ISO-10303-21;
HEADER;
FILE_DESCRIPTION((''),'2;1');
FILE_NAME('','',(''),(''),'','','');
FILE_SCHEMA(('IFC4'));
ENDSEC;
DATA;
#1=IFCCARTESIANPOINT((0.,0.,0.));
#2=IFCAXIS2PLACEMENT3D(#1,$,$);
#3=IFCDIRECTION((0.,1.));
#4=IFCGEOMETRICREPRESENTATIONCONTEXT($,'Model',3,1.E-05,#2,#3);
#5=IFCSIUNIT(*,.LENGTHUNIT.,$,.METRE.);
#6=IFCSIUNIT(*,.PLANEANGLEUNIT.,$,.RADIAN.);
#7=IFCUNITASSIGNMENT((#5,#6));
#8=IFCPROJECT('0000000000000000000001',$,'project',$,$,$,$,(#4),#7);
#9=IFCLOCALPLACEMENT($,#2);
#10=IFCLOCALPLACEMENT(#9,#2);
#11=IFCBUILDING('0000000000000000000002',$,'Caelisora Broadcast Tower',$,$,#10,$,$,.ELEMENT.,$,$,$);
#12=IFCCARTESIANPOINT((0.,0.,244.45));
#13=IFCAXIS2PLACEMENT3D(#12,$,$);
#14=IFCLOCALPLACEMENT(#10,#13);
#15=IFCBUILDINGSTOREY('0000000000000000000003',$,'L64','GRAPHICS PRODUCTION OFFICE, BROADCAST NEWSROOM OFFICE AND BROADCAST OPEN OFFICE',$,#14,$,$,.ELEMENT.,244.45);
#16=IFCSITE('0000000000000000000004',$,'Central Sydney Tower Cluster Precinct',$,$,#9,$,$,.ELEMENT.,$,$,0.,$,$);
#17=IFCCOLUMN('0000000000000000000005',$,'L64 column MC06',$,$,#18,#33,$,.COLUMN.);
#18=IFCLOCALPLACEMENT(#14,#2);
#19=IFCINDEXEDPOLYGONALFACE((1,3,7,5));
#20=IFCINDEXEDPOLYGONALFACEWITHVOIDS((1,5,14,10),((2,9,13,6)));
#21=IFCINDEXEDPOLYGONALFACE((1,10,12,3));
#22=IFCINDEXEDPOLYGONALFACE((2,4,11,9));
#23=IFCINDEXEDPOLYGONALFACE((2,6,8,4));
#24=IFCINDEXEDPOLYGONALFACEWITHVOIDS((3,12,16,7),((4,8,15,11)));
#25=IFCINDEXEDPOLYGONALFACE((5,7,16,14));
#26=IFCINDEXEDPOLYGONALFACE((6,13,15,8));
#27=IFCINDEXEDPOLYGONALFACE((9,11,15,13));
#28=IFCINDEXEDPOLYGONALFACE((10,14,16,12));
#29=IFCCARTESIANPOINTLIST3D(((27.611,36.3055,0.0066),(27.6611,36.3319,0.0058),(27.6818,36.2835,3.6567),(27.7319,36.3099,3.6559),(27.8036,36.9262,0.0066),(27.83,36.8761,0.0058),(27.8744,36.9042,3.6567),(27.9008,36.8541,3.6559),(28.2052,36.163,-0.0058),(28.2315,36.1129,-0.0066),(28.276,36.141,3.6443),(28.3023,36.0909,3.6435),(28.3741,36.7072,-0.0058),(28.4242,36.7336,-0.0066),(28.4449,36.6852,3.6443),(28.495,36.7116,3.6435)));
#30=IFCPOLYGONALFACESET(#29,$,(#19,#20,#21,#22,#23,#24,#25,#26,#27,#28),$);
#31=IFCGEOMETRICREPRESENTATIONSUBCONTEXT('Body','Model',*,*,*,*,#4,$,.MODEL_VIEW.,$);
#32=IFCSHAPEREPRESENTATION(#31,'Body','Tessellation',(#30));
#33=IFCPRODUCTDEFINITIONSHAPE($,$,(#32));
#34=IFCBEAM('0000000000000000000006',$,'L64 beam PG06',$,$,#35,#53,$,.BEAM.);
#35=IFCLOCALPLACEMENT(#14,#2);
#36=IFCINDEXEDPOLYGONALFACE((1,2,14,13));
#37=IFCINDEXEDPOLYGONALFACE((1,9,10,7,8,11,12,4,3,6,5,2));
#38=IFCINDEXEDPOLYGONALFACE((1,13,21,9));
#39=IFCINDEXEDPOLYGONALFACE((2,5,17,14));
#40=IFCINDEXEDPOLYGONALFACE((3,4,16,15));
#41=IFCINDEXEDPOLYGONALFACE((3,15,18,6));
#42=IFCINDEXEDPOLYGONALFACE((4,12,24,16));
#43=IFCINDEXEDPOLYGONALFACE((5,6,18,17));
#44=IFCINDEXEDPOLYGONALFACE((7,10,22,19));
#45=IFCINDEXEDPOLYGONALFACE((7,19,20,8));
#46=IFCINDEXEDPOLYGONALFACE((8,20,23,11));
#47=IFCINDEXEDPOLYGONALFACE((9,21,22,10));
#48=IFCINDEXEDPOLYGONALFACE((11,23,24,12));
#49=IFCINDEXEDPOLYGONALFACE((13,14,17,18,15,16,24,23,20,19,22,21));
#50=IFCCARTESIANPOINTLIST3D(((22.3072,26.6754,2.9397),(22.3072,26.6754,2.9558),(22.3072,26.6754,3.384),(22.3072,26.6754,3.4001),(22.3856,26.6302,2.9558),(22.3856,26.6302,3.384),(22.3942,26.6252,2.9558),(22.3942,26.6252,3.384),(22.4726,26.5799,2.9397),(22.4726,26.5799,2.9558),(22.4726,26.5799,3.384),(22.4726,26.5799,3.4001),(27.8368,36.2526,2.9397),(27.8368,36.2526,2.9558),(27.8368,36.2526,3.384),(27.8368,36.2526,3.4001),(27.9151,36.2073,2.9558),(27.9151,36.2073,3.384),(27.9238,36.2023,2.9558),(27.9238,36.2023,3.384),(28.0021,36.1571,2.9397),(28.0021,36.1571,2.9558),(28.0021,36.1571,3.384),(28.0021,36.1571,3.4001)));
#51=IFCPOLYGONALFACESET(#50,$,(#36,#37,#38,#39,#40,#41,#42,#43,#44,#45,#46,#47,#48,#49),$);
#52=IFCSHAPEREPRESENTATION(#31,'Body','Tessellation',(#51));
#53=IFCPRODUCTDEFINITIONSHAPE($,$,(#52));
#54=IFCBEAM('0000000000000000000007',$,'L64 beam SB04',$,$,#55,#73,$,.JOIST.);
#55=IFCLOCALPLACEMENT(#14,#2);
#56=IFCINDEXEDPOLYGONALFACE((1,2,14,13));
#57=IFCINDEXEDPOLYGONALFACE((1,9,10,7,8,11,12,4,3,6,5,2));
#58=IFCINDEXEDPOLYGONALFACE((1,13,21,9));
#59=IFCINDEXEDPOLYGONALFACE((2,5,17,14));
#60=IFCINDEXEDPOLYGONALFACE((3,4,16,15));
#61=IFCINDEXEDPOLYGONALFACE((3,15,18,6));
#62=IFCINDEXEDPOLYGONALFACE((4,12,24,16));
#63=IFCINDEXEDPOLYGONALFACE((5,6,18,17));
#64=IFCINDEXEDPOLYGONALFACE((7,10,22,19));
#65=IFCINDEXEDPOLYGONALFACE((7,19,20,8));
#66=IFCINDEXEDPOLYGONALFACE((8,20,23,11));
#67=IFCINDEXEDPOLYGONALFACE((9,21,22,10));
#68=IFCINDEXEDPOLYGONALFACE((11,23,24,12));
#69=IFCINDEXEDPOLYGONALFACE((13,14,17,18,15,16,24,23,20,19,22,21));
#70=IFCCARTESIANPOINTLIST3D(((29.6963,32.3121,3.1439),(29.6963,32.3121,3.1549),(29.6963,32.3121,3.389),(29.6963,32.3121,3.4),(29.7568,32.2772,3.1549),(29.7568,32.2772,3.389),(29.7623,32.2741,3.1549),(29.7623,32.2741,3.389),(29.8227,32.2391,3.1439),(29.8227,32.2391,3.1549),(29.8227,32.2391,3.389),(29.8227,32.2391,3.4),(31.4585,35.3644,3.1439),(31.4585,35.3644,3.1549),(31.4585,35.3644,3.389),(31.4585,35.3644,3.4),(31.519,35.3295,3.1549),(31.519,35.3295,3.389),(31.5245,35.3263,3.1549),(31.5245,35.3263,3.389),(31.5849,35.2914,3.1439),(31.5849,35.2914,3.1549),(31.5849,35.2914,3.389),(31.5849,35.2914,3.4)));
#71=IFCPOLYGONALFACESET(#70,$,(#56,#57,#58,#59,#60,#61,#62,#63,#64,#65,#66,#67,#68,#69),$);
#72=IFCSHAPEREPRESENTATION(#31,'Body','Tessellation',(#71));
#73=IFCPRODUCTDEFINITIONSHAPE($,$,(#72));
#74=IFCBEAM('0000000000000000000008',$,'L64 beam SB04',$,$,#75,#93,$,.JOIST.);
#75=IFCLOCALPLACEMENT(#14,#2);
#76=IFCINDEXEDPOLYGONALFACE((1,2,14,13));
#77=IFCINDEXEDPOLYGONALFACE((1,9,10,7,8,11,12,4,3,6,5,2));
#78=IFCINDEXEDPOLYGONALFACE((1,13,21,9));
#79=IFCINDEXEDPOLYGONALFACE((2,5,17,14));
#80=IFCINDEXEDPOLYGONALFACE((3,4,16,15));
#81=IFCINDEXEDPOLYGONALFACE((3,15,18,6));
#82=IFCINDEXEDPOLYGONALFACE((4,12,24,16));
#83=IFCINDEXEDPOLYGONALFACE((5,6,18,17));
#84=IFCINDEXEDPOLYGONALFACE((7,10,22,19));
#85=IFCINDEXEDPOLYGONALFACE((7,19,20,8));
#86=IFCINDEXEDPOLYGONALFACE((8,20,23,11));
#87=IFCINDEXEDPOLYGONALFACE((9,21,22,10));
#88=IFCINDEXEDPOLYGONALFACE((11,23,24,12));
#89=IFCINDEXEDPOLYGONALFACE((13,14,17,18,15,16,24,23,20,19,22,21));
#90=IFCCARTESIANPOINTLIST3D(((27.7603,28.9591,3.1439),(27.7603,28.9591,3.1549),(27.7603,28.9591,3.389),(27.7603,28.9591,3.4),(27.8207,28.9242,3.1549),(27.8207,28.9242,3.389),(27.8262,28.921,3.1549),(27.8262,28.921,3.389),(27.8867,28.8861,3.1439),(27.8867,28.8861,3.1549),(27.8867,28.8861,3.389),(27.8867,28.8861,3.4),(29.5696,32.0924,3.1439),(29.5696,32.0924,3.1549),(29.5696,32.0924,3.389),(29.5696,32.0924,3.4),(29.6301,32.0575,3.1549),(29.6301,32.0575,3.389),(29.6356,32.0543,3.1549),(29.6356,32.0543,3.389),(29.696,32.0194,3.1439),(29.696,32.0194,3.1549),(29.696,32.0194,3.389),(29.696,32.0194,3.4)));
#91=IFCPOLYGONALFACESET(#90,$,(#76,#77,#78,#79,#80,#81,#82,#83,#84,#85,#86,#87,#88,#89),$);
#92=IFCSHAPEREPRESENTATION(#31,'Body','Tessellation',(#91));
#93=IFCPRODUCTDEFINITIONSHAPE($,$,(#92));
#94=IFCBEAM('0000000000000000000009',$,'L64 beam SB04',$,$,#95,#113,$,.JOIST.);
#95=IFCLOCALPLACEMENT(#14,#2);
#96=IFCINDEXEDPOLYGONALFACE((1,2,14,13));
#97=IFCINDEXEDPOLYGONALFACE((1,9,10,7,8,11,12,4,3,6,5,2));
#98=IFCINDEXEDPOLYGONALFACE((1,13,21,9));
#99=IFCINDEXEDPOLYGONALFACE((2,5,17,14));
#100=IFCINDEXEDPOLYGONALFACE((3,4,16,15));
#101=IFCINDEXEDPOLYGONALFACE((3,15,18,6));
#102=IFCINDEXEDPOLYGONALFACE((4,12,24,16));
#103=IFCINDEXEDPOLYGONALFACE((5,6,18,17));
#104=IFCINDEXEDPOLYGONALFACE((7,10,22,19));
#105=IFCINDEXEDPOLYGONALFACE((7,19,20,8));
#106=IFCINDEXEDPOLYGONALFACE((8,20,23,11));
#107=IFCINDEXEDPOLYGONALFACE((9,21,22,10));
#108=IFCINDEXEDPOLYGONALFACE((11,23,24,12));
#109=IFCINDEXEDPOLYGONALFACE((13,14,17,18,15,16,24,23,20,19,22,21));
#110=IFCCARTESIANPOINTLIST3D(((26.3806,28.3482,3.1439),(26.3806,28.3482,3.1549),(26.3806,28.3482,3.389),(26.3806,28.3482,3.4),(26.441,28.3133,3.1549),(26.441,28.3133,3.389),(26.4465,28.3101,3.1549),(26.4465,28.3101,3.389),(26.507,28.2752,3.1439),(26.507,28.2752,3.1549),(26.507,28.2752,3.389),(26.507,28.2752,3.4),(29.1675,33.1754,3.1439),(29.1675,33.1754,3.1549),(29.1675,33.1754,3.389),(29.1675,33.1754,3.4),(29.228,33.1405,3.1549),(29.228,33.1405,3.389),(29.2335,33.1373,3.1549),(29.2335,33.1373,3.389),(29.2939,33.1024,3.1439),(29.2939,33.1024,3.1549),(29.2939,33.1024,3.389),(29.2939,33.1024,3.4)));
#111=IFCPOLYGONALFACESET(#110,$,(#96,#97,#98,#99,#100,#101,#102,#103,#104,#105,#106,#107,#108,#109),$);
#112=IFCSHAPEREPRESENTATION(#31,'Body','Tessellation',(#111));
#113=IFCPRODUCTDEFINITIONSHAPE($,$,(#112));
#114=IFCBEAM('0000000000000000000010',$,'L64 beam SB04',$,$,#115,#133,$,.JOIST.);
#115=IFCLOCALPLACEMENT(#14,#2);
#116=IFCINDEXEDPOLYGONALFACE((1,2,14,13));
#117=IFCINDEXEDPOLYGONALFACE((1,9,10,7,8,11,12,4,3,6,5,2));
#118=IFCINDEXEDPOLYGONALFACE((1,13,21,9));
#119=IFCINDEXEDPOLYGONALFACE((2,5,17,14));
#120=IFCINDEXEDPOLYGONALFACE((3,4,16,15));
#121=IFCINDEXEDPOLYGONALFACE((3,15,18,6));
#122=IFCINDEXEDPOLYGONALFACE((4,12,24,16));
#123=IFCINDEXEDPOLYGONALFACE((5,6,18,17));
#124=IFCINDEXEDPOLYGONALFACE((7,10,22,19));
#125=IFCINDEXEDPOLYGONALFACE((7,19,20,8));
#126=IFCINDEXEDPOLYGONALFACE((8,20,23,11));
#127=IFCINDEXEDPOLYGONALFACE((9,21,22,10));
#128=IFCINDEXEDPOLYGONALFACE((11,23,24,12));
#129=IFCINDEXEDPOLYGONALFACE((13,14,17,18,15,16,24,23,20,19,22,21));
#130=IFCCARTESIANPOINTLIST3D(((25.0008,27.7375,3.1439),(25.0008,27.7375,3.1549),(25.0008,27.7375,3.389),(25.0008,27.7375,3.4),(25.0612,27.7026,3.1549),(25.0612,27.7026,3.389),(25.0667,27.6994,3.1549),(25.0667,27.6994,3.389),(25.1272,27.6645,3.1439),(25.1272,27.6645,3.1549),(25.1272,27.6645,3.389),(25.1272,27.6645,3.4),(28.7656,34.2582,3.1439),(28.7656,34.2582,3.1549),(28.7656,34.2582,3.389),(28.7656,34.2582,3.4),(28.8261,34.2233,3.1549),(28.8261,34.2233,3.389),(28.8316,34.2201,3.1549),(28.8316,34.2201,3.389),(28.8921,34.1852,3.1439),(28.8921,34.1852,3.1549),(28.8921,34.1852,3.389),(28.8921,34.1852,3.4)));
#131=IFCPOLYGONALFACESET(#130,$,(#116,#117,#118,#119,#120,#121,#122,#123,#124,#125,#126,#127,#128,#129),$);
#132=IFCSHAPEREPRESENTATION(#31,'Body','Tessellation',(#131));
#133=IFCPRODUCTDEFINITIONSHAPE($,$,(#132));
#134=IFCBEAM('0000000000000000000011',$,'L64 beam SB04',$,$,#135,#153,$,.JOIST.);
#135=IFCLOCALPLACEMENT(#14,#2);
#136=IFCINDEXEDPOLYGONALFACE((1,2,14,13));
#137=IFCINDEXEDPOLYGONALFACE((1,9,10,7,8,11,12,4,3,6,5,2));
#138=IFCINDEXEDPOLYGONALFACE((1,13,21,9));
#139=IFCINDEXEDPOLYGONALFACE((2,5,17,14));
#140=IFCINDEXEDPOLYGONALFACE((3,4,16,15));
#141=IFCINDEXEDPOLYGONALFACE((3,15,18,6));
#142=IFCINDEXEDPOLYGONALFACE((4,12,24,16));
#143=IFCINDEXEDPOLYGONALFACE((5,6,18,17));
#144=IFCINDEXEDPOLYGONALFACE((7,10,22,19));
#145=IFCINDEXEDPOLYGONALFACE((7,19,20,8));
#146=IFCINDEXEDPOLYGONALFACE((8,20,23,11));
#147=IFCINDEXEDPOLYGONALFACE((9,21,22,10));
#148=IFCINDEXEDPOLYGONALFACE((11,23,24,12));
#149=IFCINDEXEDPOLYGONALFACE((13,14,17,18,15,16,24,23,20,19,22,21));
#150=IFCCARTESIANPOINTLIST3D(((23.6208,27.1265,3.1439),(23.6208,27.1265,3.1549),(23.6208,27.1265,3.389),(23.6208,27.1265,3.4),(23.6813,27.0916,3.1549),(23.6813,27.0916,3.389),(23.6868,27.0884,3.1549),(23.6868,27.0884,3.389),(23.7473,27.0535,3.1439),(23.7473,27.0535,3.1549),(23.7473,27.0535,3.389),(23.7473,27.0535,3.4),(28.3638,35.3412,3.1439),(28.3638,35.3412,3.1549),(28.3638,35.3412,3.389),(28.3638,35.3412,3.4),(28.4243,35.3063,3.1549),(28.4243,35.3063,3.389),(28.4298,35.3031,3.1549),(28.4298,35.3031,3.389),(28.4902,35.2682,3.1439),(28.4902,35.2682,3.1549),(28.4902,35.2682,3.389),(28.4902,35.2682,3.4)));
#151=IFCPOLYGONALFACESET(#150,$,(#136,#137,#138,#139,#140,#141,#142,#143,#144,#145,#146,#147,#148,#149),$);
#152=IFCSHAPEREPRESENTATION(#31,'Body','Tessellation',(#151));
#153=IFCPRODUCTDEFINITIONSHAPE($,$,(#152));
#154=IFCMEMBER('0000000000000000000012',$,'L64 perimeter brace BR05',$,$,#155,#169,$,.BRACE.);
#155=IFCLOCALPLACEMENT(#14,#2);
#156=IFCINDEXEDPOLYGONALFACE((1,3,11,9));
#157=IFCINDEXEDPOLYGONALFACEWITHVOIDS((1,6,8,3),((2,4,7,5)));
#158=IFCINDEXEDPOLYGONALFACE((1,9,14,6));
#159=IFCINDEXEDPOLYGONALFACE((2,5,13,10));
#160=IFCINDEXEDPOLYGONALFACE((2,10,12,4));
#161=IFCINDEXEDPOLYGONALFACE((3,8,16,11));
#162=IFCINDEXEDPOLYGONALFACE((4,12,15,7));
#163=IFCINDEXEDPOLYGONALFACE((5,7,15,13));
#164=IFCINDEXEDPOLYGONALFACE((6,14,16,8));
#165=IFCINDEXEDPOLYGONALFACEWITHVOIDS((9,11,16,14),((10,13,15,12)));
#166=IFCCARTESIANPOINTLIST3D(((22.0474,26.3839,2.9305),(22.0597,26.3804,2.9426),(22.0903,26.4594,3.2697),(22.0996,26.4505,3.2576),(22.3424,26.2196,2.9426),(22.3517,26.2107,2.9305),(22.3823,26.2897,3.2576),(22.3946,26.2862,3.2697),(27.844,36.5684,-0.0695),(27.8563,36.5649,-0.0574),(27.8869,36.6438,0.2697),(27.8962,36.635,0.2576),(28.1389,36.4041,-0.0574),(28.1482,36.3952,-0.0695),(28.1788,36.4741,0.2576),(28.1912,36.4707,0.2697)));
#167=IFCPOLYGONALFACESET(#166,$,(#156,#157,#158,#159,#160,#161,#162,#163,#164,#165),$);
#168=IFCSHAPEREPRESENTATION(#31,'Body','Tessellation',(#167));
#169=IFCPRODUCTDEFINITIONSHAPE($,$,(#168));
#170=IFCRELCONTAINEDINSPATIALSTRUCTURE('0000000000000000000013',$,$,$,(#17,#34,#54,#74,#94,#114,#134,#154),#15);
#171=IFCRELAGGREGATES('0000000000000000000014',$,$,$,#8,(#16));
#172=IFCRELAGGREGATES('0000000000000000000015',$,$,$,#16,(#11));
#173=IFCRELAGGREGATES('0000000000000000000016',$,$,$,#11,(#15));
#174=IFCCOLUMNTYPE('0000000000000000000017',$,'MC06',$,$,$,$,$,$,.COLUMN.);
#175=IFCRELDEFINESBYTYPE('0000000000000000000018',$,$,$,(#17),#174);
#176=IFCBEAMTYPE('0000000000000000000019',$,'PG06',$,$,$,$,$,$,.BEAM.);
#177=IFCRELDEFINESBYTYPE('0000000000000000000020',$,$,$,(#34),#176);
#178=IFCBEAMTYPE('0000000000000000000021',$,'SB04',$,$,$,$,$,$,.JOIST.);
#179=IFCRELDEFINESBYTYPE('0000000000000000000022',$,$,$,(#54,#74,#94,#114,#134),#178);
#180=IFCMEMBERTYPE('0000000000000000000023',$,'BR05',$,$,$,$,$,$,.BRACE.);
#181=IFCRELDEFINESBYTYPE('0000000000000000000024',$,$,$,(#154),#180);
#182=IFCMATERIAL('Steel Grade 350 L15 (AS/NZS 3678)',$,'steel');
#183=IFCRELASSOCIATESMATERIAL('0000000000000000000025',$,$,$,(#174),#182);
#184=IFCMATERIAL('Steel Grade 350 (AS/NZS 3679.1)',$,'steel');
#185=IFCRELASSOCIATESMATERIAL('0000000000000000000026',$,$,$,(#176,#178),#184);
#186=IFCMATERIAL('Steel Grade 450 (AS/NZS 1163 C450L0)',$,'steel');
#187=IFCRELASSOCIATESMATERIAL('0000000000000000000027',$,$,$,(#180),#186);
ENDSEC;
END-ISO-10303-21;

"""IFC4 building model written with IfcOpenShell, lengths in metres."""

from ifc_helpers import new_model, si_unit, direction, frame, origin, origin_2d, place, context, subcontext, project, spatial, hollow_rectangle, i_section, extrude, source, transform, mapped, material, material_profile, profile_set, type_object, type_shapes, element, save


model = new_model("IFC4")

# Units and contexts
model_context = context("Model", 3, precision=1e-05, world=origin(), true_north=direction((0.0, 1.0)))
body_context = subcontext(model_context, "Body", "Model", "MODEL_VIEW")
ifc_project = project(units=[si_unit("LENGTHUNIT", "METRE"), si_unit("PLANEANGLEUNIT", "RADIAN")], contexts=[model_context])

# Site, building, storey
site_placement = place(None, origin())
site = spatial("IfcSite", under=ifc_project, at=site_placement, Name="Central Sydney Tower Cluster Precinct", CompositionType="ELEMENT", RefElevation=0.0)
building_placement = place(site_placement, origin())
building = spatial("IfcBuilding", under=site, at=building_placement, Name="Caelisora Broadcast Tower", CompositionType="ELEMENT")
storey_placement = place(building_placement, frame((0.0, 0.0, 244.45)))
storey = spatial("IfcBuildingStorey", under=building, at=storey_placement, Name="L64", Description="GRAPHICS PRODUCTION OFFICE, BROADCAST NEWSROOM OFFICE AND BROADCAST OPEN OFFICE", CompositionType="ELEMENT", Elevation=244.45)

# Column
ifc_material_1 = material(Name="Steel Grade 350 L15 (AS/NZS 3678)", Category="steel")
ifc_material_profile_1 = material_profile(ifc_material_1, hollow_rectangle(XDim=0.6499, YDim=0.6499, WallThickness=0.04, at=origin_2d()), Name="Steel Grade 350 L15 (AS/NZS 3678)")
ifc_profile_set_1 = profile_set([ifc_material_profile_1], Name="Steel Grade 350 L15 (AS/NZS 3678)")
column_type = type_object("IfcColumnType", Name="MC06", PredefinedType="COLUMN", material=ifc_profile_set_1)
shared_shape_1 = source(origin(), body_context, "Body", "SweptSolid", [
    extrude(hollow_rectangle(XDim=0.6499, YDim=0.6499, WallThickness=0.04, at=origin_2d()), origin(), (0.0, 0.0, 1.0), 3.6509),
])
type_shapes(column_type, [shared_shape_1])
column_placement = place(storey_placement, frame((28.0176, 36.5195, 0.0), z_axis=(0.019393, -0.006018, 0.999794), x_axis=(0.296399, 0.955064, 0.0)))
element("IfcColumn", 1, at=column_placement, inside=storey, type_object=column_type, Name="L64 column MC06", PredefinedType="COLUMN", context=body_context, shape_type="MappedRepresentation", body=[
    mapped(shared_shape_1, transform((0.0, 0.0, 0.0), scale=1.0)),
])

# Beams
ifc_material_2 = material(Name="Steel Grade 350 (AS/NZS 3679.1)", Category="steel")
ifc_material_profile_2 = material_profile(ifc_material_2, i_section(OverallWidth=0.1909, OverallDepth=0.4604, WebThickness=0.01, FlangeThickness=0.0161, at=origin_2d()), Name="Steel Grade 350 (AS/NZS 3679.1)")
ifc_profile_set_2 = profile_set([ifc_material_profile_2], Name="Steel Grade 350 (AS/NZS 3679.1)")
beam_type_1 = type_object("IfcBeamType", Name="PG06", PredefinedType="BEAM", material=ifc_profile_set_2)
shared_shape_2 = source(origin(), body_context, "Body", "SweptSolid", [
    extrude(i_section(OverallWidth=0.1909, OverallDepth=0.4604, WebThickness=0.01, FlangeThickness=0.0161, at=origin_2d()), origin(), (0.0, 0.0, 1.0), 11.0588),
])
type_shapes(beam_type_1, [shared_shape_2])
beam_1_placement = place(storey_placement, frame((27.9194, 36.2048, 3.1699), z_axis=(-0.500012, -0.866019, 0.0), x_axis=(0.866019, -0.500012, 0.0)))
element("IfcBeam", 2, at=beam_1_placement, inside=storey, type_object=beam_type_1, Name="L64 beam PG06", PredefinedType="BEAM", context=body_context, shape_type="MappedRepresentation", body=[
    mapped(shared_shape_2, transform((0.0, 0.0, 0.0), scale=1.0)),
])
ifc_material_profile_3 = material_profile(ifc_material_2, i_section(OverallWidth=0.146, OverallDepth=0.2561, WebThickness=0.0063, FlangeThickness=0.011, at=origin_2d()), Name="Steel Grade 350 (AS/NZS 3679.1)")
ifc_profile_set_3 = profile_set([ifc_material_profile_3], Name="Steel Grade 350 (AS/NZS 3679.1)")
beam_type_2 = type_object("IfcBeamType", Name="SB04", PredefinedType="JOIST", material=ifc_profile_set_3)
shared_shape_3 = source(origin(), body_context, "Body", "SweptSolid", [
    extrude(i_section(OverallWidth=0.146, OverallDepth=0.2561, WebThickness=0.0063, FlangeThickness=0.011, at=origin_2d()), origin(), (0.0, 0.0, 1.0), 3.5244),
])
beam_2_placement = place(storey_placement, frame((31.5217, 35.3279, 3.272), z_axis=(-0.499998, -0.866026, 0.0), x_axis=(0.866026, -0.499998, 0.0)))
element("IfcBeam", 3, at=beam_2_placement, inside=storey, type_object=beam_type_2, Name="L64 beam SB04", PredefinedType="JOIST", context=body_context, shape_type="MappedRepresentation", body=[
    mapped(shared_shape_3, transform((0.0, 0.0, 0.0), scale=1.0)),
])
shared_shape_4 = source(origin(), body_context, "Body", "SweptSolid", [
    extrude(i_section(OverallWidth=0.146, OverallDepth=0.2561, WebThickness=0.0063, FlangeThickness=0.011, at=origin_2d()), origin(), (0.0, 0.0, 1.0), 3.6182),
])
beam_3_placement = place(storey_placement, frame((29.6328, 32.0559, 3.272), z_axis=(-0.500065, -0.865988, 0.0), x_axis=(0.865988, -0.500065, 0.0)))
element("IfcBeam", 4, at=beam_3_placement, inside=storey, type_object=beam_type_2, Name="L64 beam SB04", PredefinedType="JOIST", context=body_context, shape_type="MappedRepresentation", body=[
    mapped(shared_shape_4, transform((0.0, 0.0, 0.0), scale=1.0)),
])
shared_shape_5 = source(origin(), body_context, "Body", "SweptSolid", [
    extrude(i_section(OverallWidth=0.146, OverallDepth=0.2561, WebThickness=0.0063, FlangeThickness=0.011, at=origin_2d()), origin(), (0.0, 0.0, 1.0), 5.574),
])
beam_4_placement = place(storey_placement, frame((29.2307, 33.1389, 3.272), z_axis=(-0.499988, -0.866032, 0.0), x_axis=(0.866032, -0.499988, 0.0)))
element("IfcBeam", 5, at=beam_4_placement, inside=storey, type_object=beam_type_2, Name="L64 beam SB04", PredefinedType="JOIST", context=body_context, shape_type="MappedRepresentation", body=[
    mapped(shared_shape_5, transform((0.0, 0.0, 0.0), scale=1.0)),
])
shared_shape_6 = source(origin(), body_context, "Body", "SweptSolid", [
    extrude(i_section(OverallWidth=0.146, OverallDepth=0.2561, WebThickness=0.0063, FlangeThickness=0.011, at=origin_2d()), origin(), (0.0, 0.0, 1.0), 7.5295),
])
beam_5_placement = place(storey_placement, frame((28.8289, 34.2217, 3.272), z_axis=(-0.500013, -0.866018, 0.0), x_axis=(0.866018, -0.500013, 0.0)))
element("IfcBeam", 6, at=beam_5_placement, inside=storey, type_object=beam_type_2, Name="L64 beam SB04", PredefinedType="JOIST", context=body_context, shape_type="MappedRepresentation", body=[
    mapped(shared_shape_6, transform((0.0, 0.0, 0.0), scale=1.0)),
])
shared_shape_7 = source(origin(), body_context, "Body", "SweptSolid", [
    extrude(i_section(OverallWidth=0.146, OverallDepth=0.2561, WebThickness=0.0063, FlangeThickness=0.011, at=origin_2d()), origin(), (0.0, 0.0, 1.0), 9.4856),
])
type_shapes(beam_type_2, [shared_shape_3, shared_shape_4, shared_shape_5, shared_shape_6, shared_shape_7])
beam_6_placement = place(storey_placement, frame((28.427, 35.3047, 3.272), z_axis=(-0.500017, -0.866015, 0.0), x_axis=(0.866015, -0.500017, 0.0)))
element("IfcBeam", 7, at=beam_6_placement, inside=storey, type_object=beam_type_2, Name="L64 beam SB04", PredefinedType="JOIST", context=body_context, shape_type="MappedRepresentation", body=[
    mapped(shared_shape_7, transform((0.0, 0.0, 0.0), scale=1.0)),
])

# Member
ifc_material_3 = material(Name="Steel Grade 450 (AS/NZS 1163 C450L0)", Category="steel")
ifc_material_profile_4 = material_profile(ifc_material_3, hollow_rectangle(XDim=0.3501, YDim=0.3501, WallThickness=0.0125, at=origin_2d()), Name="Steel Grade 450 (AS/NZS 1163 C450L0)")
ifc_profile_set_4 = profile_set([ifc_material_profile_4], Name="Steel Grade 450 (AS/NZS 1163 C450L0)")
member_type_1 = type_object("IfcMemberType", Name="BR05", PredefinedType="BRACE", material=ifc_profile_set_4)
shared_shape_8 = source(origin(), body_context, "Body", "SweptSolid", [
    extrude(hollow_rectangle(XDim=0.3501, YDim=0.3501, WallThickness=0.0125, at=origin_2d()), origin(), (0.0, 0.0, 1.0), 12.0964),
])
type_shapes(member_type_1, [shared_shape_8])
member_1_placement = place(storey_placement, frame((28.0176, 36.5195, 0.1001), z_axis=(-0.479197, -0.84194, 0.248005), x_axis=(0.869092, -0.494651, 0.0)))
element("IfcMember", 8, at=member_1_placement, inside=storey, type_object=member_type_1, Name="L64 perimeter brace BR05", PredefinedType="BRACE", context=body_context, shape_type="MappedRepresentation", body=[
    mapped(shared_shape_8, transform((0.0, 0.0, 0.0), scale=1.0)),
])

save(model, "model.ifc")
